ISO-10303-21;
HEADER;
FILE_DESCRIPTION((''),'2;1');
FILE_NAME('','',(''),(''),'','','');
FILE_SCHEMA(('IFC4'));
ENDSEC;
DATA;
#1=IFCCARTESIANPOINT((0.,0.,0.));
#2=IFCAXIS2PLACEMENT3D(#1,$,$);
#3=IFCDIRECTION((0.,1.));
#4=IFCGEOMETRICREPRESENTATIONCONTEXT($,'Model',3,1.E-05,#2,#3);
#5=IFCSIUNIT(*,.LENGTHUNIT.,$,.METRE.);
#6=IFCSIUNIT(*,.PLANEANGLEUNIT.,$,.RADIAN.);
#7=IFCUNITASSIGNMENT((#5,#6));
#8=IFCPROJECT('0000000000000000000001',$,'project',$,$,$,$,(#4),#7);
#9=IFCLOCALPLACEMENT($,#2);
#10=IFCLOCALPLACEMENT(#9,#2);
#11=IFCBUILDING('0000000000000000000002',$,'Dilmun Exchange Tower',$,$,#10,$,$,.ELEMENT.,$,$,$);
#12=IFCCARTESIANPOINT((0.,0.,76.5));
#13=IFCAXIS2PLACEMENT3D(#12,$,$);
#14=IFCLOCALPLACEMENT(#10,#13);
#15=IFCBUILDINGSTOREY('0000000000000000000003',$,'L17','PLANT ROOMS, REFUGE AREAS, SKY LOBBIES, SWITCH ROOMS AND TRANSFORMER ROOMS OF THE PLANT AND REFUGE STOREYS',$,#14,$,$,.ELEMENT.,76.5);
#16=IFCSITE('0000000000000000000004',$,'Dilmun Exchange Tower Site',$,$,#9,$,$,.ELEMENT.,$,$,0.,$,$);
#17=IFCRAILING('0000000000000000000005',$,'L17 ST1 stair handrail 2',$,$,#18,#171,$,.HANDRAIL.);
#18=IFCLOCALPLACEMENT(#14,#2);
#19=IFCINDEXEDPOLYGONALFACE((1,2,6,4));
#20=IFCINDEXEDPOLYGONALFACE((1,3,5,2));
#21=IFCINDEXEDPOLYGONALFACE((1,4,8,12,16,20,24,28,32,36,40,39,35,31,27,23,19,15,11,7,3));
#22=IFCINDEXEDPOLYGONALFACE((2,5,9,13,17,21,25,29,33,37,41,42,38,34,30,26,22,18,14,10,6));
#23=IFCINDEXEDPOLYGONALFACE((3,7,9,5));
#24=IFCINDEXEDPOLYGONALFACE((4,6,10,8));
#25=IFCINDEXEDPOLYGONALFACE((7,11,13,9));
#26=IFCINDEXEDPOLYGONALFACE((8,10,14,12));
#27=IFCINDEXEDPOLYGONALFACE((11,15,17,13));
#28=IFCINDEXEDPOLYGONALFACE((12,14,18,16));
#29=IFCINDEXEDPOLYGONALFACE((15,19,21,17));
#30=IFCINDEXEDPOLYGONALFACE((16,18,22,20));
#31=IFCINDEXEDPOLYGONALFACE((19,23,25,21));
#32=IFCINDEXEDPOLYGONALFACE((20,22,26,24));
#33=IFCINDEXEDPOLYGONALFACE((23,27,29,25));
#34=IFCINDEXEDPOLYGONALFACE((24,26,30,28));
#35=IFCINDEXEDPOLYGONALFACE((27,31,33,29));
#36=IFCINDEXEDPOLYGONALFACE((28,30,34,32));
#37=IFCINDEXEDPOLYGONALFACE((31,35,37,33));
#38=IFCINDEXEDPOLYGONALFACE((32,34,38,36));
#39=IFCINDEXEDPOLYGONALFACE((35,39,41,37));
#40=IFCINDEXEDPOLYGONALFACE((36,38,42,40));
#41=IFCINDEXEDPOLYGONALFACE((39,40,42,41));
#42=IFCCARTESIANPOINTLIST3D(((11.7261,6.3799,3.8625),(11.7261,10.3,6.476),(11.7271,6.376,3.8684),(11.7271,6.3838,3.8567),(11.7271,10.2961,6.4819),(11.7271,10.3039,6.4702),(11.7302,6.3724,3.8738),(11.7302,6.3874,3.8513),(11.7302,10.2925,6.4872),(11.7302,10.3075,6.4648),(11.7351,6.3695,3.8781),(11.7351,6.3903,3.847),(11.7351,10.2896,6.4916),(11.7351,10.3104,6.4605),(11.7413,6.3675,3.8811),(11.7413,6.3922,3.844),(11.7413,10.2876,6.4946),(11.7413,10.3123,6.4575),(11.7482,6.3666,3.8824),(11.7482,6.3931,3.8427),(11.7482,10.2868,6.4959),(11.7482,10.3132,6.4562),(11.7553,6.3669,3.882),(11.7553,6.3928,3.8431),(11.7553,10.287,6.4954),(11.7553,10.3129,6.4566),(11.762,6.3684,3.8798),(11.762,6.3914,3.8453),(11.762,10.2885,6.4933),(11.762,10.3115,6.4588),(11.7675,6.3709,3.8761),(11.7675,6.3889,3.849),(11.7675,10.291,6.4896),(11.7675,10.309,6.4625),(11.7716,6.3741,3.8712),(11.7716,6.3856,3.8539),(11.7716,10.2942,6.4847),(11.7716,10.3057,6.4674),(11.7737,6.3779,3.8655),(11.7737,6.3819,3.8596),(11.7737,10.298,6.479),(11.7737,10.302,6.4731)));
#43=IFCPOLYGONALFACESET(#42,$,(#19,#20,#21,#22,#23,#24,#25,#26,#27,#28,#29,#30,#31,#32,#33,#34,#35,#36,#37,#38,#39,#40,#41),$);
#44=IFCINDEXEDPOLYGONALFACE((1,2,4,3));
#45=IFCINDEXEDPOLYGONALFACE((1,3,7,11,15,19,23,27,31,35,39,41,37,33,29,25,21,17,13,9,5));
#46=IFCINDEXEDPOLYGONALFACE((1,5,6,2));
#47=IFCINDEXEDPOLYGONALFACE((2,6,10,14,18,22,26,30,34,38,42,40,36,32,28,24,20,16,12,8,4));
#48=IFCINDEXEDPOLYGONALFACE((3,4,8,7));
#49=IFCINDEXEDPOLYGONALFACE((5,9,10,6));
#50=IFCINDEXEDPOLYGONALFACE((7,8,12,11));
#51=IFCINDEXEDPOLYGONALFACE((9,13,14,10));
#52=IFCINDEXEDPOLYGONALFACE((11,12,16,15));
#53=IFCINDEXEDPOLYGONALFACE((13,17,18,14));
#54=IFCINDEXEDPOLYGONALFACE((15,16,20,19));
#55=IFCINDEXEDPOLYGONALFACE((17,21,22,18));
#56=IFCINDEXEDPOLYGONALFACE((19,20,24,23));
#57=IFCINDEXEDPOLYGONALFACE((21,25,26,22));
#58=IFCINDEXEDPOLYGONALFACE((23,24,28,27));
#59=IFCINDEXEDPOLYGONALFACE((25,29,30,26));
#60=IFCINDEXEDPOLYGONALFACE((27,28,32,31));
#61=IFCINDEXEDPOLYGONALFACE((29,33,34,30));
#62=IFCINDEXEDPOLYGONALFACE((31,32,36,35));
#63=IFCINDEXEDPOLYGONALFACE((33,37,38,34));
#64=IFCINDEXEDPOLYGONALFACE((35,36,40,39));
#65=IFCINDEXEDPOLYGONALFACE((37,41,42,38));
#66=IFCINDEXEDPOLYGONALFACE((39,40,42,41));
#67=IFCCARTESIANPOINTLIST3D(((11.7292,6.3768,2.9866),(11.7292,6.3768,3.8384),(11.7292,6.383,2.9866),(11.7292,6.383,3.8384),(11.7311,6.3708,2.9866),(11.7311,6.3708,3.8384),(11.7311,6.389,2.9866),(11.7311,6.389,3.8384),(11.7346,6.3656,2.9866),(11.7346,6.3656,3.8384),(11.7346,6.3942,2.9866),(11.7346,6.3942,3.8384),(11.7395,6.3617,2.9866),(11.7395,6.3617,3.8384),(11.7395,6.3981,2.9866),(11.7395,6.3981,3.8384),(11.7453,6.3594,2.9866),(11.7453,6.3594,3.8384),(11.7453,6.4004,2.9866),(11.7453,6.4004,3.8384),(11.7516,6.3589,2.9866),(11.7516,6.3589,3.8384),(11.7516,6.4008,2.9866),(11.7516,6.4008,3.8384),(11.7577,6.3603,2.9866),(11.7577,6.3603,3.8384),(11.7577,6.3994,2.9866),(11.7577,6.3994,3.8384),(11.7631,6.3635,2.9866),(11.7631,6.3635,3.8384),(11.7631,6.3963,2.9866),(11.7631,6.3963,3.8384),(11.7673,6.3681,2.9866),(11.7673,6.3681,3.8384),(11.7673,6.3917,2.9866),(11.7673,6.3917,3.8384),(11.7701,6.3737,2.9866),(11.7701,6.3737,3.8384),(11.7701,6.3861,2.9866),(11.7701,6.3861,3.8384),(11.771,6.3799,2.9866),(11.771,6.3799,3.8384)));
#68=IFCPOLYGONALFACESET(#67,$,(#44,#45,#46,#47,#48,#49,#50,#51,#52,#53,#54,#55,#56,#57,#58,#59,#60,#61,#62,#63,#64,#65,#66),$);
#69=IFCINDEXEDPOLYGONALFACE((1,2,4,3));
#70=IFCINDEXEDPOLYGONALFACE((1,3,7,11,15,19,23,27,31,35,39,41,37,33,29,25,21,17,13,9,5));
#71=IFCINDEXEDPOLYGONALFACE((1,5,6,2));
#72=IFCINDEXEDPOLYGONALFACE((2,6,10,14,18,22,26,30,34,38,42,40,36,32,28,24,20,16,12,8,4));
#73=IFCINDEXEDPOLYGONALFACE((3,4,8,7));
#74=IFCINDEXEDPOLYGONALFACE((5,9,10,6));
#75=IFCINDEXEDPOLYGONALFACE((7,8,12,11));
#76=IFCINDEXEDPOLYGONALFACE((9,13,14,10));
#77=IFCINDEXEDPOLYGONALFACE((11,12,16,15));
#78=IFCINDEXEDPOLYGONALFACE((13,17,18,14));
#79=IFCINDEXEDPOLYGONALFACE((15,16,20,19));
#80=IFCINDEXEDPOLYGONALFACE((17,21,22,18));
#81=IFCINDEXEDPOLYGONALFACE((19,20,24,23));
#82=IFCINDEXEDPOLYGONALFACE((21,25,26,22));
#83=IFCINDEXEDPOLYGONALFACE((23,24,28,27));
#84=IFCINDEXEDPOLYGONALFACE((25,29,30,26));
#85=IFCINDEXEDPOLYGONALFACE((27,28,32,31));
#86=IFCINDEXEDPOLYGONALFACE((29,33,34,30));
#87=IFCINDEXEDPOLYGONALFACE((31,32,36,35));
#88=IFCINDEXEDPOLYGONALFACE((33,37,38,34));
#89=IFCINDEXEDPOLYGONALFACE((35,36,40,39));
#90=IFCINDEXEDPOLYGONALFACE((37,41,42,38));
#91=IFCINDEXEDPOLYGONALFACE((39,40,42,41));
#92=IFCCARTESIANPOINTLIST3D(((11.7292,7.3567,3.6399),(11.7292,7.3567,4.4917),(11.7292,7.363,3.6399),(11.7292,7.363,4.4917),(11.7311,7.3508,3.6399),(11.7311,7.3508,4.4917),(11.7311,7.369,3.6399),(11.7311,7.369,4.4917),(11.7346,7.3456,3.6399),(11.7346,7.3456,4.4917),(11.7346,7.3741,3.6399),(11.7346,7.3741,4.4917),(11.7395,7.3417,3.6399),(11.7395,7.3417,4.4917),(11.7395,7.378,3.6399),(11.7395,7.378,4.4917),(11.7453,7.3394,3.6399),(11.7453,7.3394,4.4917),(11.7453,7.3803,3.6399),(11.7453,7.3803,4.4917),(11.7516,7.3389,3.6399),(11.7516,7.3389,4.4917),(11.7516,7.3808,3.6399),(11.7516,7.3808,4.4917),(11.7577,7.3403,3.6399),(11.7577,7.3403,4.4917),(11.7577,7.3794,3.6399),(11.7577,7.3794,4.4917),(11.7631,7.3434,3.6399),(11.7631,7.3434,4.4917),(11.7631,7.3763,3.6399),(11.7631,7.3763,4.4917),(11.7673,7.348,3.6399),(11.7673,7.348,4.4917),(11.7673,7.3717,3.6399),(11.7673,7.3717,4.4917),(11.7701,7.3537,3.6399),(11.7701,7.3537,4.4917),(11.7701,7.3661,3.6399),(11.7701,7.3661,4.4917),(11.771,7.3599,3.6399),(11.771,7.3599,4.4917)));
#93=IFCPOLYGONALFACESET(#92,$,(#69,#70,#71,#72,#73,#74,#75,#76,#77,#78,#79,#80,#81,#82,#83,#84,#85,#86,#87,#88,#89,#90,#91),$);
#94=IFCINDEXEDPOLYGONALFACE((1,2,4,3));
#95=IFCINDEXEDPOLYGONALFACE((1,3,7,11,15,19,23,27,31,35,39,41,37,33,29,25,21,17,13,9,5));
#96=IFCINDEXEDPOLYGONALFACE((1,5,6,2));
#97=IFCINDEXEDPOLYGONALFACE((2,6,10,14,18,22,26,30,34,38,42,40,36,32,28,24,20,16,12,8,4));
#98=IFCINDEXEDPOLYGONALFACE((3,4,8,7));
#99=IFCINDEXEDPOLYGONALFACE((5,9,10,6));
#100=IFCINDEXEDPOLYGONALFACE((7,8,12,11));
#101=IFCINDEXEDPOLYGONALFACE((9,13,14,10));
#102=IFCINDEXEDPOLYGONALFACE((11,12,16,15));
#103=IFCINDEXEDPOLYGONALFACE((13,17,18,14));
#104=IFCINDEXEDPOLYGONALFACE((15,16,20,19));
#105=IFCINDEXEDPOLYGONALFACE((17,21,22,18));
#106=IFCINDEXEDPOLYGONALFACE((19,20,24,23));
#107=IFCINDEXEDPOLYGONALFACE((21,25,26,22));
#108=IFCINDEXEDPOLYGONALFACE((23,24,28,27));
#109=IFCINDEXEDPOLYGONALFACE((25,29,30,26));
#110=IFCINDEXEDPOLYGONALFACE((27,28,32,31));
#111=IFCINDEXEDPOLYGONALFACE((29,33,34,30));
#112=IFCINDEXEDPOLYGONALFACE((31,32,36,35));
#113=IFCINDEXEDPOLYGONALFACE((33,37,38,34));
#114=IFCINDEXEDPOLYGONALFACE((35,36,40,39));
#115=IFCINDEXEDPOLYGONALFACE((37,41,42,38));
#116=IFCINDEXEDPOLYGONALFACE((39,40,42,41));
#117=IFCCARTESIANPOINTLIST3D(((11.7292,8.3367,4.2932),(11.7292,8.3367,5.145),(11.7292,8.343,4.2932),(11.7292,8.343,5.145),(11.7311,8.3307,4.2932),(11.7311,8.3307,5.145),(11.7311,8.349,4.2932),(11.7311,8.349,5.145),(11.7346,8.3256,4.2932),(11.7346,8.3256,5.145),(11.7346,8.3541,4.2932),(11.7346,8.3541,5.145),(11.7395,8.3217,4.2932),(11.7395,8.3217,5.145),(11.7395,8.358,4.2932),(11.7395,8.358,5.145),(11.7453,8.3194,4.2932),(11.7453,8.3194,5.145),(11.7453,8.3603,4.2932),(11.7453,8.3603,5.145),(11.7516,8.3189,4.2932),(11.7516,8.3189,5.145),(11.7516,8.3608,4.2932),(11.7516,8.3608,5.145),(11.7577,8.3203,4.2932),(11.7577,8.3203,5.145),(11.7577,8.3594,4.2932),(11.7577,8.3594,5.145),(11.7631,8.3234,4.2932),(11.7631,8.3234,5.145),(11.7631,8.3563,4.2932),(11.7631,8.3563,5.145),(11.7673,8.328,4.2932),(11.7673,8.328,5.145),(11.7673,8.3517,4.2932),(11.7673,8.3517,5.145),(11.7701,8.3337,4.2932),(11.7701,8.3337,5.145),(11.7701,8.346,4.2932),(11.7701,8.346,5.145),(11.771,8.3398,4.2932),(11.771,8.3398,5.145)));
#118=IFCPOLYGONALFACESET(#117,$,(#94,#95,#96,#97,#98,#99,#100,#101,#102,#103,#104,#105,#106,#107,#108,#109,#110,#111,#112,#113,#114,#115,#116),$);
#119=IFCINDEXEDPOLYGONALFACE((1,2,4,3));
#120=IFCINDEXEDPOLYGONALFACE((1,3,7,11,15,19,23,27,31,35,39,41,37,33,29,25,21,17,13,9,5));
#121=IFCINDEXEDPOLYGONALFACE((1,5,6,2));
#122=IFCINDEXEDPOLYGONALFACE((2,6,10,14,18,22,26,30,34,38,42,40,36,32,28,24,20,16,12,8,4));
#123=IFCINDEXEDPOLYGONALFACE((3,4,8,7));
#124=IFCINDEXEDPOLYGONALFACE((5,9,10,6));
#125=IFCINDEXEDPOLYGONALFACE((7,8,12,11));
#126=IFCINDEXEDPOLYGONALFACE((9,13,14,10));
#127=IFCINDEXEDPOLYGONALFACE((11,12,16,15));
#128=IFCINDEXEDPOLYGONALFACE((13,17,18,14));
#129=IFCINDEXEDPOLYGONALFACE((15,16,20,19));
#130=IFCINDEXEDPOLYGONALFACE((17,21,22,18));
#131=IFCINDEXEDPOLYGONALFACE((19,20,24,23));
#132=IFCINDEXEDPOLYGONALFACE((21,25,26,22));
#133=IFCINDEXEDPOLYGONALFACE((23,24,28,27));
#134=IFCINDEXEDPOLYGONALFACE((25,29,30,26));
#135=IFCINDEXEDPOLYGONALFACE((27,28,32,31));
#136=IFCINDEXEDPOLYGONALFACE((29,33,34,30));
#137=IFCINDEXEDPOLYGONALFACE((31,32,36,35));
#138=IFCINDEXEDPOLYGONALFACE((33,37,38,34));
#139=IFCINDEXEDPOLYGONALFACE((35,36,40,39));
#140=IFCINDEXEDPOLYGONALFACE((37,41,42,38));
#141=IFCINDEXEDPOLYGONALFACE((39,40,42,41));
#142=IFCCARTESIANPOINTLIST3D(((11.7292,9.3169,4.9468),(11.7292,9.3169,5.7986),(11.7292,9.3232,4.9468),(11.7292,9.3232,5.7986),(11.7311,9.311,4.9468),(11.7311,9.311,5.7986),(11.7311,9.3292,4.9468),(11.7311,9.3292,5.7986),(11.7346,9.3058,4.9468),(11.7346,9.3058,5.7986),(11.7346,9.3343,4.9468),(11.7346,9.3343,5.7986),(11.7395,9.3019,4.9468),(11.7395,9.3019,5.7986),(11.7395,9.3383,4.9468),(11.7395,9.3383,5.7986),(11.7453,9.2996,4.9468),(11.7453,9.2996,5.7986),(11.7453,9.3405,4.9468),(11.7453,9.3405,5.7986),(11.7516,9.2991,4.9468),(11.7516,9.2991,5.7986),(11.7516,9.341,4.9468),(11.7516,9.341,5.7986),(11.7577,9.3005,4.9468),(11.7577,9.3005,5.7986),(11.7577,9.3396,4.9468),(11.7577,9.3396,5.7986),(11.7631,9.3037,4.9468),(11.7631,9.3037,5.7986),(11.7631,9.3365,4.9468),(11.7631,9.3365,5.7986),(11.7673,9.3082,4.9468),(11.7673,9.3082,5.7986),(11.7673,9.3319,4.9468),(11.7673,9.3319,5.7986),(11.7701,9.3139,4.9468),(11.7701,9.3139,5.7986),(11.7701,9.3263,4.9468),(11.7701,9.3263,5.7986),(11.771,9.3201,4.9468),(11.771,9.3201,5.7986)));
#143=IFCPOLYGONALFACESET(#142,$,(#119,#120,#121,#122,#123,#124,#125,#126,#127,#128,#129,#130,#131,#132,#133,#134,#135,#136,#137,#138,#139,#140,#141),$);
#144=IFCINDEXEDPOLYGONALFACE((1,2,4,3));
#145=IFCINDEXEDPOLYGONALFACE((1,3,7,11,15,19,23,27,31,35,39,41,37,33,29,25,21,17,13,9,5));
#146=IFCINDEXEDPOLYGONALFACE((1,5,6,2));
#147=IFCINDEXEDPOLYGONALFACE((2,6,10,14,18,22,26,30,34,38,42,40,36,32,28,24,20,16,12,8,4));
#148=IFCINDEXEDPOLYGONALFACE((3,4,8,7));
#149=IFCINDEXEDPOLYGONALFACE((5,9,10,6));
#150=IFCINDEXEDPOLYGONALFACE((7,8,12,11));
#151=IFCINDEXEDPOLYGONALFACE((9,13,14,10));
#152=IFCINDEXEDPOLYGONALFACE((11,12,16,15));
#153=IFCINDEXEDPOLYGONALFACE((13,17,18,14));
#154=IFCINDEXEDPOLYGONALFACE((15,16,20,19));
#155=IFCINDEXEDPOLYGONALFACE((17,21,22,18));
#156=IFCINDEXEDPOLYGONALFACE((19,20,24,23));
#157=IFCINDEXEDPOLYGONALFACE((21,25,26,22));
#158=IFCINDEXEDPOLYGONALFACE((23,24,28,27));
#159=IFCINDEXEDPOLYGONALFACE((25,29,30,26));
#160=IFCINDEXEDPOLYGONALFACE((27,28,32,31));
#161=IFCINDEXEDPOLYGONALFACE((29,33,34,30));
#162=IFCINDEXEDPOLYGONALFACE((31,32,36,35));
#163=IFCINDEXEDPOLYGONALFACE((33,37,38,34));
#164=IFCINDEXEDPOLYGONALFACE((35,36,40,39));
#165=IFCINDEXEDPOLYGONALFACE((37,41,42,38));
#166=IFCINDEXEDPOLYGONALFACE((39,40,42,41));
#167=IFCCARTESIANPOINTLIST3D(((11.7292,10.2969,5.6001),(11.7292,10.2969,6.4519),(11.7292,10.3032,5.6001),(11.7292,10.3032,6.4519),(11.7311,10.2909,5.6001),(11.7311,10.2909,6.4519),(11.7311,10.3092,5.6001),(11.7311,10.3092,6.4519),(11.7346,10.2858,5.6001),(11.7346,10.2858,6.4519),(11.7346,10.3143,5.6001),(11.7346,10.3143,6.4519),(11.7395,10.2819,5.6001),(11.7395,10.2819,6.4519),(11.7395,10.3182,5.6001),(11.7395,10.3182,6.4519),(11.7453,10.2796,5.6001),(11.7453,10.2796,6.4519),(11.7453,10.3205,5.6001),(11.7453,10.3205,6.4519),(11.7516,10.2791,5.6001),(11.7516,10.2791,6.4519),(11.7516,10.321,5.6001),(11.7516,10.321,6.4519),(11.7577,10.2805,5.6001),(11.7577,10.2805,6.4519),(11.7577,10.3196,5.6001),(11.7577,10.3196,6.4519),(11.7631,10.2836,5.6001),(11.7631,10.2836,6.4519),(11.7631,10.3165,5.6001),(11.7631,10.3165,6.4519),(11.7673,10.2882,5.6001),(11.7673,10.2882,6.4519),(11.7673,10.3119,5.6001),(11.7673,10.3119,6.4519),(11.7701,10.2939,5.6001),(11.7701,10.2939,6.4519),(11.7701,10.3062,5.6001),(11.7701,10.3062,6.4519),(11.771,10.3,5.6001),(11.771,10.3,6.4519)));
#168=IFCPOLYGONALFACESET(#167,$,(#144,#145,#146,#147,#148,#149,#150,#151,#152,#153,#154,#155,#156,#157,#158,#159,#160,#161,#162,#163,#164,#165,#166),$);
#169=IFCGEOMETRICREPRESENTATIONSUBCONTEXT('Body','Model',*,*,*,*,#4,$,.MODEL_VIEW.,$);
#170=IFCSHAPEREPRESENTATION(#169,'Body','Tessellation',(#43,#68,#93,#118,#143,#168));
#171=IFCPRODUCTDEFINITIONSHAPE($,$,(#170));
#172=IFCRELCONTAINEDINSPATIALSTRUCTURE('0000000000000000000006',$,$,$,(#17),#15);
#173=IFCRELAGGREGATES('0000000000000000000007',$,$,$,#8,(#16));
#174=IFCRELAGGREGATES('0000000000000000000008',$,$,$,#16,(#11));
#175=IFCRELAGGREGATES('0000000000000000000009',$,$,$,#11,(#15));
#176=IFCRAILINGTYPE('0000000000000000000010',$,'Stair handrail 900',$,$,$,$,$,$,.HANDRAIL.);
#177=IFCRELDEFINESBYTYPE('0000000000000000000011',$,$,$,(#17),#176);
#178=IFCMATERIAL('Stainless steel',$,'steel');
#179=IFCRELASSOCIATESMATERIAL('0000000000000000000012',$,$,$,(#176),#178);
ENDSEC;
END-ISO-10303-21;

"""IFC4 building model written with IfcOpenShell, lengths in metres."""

from ifc_helpers import new_model, si_unit, direction, frame, origin, origin_2d, place, context, subcontext, project, spatial, circle, extrude, material, type_object, element, save


model = new_model("IFC4")

# Units and contexts
model_context = context("Model", 3, precision=1e-05, world=origin(), true_north=direction((0.0, 1.0)))
body_context = subcontext(model_context, "Body", "Model", "MODEL_VIEW")
ifc_project = project(units=[si_unit("LENGTHUNIT", "METRE"), si_unit("PLANEANGLEUNIT", "RADIAN")], contexts=[model_context])

# Site, building, storey
site_placement = place(None, origin())
site = spatial("IfcSite", under=ifc_project, at=site_placement, Name="Dilmun Exchange Tower Site", CompositionType="ELEMENT", RefElevation=0.0)
building_placement = place(site_placement, origin())
building = spatial("IfcBuilding", under=site, at=building_placement, Name="Dilmun Exchange Tower", CompositionType="ELEMENT")
storey_placement = place(building_placement, frame((0.0, 0.0, 76.5)))
storey = spatial("IfcBuildingStorey", under=building, at=storey_placement, Name="L17", Description="PLANT ROOMS, REFUGE AREAS, SKY LOBBIES, SWITCH ROOMS AND TRANSFORMER ROOMS OF THE PLANT AND REFUGE STOREYS", CompositionType="ELEMENT", Elevation=76.5)

# Railing
ifc_material_1 = material(Name="Stainless steel", Category="steel")
railing_type = type_object("IfcRailingType", Name="Stair handrail 900", PredefinedType="HANDRAIL", material=ifc_material_1)
railing_1_placement = place(storey_placement, frame((11.75, 6.3799, 2.9866)))
element("IfcRailing", 1, at=railing_1_placement, inside=storey, type_object=railing_type, Name="L17 ST1 stair handrail 2", PredefinedType="HANDRAIL", context=body_context, shape_type="SweptSolid", body=[
    extrude(circle(Radius=0.0239, at=origin_2d()), frame((0.0, 0.0, 0.876), z_axis=(0.0, 0.832042, 0.554712), x_axis=(-1.0, 0.0, 0.0)), (0.0, 0.0, 1.0), 4.7114),
    extrude(circle(Radius=0.021, at=origin_2d()), origin(), (0.0, 0.0, 1.0), 0.8518),
    extrude(circle(Radius=0.021, at=origin_2d()), frame((0.0, 0.98, 0.6533)), (0.0, 0.0, 1.0), 0.8518),
    extrude(circle(Radius=0.021, at=origin_2d()), frame((0.0, 1.96, 1.3066)), (0.0, 0.0, 1.0), 0.8518),
    extrude(circle(Radius=0.021, at=origin_2d()), frame((0.0, 2.9402, 1.9602)), (0.0, 0.0, 1.0), 0.8518),
    extrude(circle(Radius=0.021, at=origin_2d()), frame((0.0, 3.9202, 2.6135)), (0.0, 0.0, 1.0), 0.8518),
])

save(model, "model.ifc")
